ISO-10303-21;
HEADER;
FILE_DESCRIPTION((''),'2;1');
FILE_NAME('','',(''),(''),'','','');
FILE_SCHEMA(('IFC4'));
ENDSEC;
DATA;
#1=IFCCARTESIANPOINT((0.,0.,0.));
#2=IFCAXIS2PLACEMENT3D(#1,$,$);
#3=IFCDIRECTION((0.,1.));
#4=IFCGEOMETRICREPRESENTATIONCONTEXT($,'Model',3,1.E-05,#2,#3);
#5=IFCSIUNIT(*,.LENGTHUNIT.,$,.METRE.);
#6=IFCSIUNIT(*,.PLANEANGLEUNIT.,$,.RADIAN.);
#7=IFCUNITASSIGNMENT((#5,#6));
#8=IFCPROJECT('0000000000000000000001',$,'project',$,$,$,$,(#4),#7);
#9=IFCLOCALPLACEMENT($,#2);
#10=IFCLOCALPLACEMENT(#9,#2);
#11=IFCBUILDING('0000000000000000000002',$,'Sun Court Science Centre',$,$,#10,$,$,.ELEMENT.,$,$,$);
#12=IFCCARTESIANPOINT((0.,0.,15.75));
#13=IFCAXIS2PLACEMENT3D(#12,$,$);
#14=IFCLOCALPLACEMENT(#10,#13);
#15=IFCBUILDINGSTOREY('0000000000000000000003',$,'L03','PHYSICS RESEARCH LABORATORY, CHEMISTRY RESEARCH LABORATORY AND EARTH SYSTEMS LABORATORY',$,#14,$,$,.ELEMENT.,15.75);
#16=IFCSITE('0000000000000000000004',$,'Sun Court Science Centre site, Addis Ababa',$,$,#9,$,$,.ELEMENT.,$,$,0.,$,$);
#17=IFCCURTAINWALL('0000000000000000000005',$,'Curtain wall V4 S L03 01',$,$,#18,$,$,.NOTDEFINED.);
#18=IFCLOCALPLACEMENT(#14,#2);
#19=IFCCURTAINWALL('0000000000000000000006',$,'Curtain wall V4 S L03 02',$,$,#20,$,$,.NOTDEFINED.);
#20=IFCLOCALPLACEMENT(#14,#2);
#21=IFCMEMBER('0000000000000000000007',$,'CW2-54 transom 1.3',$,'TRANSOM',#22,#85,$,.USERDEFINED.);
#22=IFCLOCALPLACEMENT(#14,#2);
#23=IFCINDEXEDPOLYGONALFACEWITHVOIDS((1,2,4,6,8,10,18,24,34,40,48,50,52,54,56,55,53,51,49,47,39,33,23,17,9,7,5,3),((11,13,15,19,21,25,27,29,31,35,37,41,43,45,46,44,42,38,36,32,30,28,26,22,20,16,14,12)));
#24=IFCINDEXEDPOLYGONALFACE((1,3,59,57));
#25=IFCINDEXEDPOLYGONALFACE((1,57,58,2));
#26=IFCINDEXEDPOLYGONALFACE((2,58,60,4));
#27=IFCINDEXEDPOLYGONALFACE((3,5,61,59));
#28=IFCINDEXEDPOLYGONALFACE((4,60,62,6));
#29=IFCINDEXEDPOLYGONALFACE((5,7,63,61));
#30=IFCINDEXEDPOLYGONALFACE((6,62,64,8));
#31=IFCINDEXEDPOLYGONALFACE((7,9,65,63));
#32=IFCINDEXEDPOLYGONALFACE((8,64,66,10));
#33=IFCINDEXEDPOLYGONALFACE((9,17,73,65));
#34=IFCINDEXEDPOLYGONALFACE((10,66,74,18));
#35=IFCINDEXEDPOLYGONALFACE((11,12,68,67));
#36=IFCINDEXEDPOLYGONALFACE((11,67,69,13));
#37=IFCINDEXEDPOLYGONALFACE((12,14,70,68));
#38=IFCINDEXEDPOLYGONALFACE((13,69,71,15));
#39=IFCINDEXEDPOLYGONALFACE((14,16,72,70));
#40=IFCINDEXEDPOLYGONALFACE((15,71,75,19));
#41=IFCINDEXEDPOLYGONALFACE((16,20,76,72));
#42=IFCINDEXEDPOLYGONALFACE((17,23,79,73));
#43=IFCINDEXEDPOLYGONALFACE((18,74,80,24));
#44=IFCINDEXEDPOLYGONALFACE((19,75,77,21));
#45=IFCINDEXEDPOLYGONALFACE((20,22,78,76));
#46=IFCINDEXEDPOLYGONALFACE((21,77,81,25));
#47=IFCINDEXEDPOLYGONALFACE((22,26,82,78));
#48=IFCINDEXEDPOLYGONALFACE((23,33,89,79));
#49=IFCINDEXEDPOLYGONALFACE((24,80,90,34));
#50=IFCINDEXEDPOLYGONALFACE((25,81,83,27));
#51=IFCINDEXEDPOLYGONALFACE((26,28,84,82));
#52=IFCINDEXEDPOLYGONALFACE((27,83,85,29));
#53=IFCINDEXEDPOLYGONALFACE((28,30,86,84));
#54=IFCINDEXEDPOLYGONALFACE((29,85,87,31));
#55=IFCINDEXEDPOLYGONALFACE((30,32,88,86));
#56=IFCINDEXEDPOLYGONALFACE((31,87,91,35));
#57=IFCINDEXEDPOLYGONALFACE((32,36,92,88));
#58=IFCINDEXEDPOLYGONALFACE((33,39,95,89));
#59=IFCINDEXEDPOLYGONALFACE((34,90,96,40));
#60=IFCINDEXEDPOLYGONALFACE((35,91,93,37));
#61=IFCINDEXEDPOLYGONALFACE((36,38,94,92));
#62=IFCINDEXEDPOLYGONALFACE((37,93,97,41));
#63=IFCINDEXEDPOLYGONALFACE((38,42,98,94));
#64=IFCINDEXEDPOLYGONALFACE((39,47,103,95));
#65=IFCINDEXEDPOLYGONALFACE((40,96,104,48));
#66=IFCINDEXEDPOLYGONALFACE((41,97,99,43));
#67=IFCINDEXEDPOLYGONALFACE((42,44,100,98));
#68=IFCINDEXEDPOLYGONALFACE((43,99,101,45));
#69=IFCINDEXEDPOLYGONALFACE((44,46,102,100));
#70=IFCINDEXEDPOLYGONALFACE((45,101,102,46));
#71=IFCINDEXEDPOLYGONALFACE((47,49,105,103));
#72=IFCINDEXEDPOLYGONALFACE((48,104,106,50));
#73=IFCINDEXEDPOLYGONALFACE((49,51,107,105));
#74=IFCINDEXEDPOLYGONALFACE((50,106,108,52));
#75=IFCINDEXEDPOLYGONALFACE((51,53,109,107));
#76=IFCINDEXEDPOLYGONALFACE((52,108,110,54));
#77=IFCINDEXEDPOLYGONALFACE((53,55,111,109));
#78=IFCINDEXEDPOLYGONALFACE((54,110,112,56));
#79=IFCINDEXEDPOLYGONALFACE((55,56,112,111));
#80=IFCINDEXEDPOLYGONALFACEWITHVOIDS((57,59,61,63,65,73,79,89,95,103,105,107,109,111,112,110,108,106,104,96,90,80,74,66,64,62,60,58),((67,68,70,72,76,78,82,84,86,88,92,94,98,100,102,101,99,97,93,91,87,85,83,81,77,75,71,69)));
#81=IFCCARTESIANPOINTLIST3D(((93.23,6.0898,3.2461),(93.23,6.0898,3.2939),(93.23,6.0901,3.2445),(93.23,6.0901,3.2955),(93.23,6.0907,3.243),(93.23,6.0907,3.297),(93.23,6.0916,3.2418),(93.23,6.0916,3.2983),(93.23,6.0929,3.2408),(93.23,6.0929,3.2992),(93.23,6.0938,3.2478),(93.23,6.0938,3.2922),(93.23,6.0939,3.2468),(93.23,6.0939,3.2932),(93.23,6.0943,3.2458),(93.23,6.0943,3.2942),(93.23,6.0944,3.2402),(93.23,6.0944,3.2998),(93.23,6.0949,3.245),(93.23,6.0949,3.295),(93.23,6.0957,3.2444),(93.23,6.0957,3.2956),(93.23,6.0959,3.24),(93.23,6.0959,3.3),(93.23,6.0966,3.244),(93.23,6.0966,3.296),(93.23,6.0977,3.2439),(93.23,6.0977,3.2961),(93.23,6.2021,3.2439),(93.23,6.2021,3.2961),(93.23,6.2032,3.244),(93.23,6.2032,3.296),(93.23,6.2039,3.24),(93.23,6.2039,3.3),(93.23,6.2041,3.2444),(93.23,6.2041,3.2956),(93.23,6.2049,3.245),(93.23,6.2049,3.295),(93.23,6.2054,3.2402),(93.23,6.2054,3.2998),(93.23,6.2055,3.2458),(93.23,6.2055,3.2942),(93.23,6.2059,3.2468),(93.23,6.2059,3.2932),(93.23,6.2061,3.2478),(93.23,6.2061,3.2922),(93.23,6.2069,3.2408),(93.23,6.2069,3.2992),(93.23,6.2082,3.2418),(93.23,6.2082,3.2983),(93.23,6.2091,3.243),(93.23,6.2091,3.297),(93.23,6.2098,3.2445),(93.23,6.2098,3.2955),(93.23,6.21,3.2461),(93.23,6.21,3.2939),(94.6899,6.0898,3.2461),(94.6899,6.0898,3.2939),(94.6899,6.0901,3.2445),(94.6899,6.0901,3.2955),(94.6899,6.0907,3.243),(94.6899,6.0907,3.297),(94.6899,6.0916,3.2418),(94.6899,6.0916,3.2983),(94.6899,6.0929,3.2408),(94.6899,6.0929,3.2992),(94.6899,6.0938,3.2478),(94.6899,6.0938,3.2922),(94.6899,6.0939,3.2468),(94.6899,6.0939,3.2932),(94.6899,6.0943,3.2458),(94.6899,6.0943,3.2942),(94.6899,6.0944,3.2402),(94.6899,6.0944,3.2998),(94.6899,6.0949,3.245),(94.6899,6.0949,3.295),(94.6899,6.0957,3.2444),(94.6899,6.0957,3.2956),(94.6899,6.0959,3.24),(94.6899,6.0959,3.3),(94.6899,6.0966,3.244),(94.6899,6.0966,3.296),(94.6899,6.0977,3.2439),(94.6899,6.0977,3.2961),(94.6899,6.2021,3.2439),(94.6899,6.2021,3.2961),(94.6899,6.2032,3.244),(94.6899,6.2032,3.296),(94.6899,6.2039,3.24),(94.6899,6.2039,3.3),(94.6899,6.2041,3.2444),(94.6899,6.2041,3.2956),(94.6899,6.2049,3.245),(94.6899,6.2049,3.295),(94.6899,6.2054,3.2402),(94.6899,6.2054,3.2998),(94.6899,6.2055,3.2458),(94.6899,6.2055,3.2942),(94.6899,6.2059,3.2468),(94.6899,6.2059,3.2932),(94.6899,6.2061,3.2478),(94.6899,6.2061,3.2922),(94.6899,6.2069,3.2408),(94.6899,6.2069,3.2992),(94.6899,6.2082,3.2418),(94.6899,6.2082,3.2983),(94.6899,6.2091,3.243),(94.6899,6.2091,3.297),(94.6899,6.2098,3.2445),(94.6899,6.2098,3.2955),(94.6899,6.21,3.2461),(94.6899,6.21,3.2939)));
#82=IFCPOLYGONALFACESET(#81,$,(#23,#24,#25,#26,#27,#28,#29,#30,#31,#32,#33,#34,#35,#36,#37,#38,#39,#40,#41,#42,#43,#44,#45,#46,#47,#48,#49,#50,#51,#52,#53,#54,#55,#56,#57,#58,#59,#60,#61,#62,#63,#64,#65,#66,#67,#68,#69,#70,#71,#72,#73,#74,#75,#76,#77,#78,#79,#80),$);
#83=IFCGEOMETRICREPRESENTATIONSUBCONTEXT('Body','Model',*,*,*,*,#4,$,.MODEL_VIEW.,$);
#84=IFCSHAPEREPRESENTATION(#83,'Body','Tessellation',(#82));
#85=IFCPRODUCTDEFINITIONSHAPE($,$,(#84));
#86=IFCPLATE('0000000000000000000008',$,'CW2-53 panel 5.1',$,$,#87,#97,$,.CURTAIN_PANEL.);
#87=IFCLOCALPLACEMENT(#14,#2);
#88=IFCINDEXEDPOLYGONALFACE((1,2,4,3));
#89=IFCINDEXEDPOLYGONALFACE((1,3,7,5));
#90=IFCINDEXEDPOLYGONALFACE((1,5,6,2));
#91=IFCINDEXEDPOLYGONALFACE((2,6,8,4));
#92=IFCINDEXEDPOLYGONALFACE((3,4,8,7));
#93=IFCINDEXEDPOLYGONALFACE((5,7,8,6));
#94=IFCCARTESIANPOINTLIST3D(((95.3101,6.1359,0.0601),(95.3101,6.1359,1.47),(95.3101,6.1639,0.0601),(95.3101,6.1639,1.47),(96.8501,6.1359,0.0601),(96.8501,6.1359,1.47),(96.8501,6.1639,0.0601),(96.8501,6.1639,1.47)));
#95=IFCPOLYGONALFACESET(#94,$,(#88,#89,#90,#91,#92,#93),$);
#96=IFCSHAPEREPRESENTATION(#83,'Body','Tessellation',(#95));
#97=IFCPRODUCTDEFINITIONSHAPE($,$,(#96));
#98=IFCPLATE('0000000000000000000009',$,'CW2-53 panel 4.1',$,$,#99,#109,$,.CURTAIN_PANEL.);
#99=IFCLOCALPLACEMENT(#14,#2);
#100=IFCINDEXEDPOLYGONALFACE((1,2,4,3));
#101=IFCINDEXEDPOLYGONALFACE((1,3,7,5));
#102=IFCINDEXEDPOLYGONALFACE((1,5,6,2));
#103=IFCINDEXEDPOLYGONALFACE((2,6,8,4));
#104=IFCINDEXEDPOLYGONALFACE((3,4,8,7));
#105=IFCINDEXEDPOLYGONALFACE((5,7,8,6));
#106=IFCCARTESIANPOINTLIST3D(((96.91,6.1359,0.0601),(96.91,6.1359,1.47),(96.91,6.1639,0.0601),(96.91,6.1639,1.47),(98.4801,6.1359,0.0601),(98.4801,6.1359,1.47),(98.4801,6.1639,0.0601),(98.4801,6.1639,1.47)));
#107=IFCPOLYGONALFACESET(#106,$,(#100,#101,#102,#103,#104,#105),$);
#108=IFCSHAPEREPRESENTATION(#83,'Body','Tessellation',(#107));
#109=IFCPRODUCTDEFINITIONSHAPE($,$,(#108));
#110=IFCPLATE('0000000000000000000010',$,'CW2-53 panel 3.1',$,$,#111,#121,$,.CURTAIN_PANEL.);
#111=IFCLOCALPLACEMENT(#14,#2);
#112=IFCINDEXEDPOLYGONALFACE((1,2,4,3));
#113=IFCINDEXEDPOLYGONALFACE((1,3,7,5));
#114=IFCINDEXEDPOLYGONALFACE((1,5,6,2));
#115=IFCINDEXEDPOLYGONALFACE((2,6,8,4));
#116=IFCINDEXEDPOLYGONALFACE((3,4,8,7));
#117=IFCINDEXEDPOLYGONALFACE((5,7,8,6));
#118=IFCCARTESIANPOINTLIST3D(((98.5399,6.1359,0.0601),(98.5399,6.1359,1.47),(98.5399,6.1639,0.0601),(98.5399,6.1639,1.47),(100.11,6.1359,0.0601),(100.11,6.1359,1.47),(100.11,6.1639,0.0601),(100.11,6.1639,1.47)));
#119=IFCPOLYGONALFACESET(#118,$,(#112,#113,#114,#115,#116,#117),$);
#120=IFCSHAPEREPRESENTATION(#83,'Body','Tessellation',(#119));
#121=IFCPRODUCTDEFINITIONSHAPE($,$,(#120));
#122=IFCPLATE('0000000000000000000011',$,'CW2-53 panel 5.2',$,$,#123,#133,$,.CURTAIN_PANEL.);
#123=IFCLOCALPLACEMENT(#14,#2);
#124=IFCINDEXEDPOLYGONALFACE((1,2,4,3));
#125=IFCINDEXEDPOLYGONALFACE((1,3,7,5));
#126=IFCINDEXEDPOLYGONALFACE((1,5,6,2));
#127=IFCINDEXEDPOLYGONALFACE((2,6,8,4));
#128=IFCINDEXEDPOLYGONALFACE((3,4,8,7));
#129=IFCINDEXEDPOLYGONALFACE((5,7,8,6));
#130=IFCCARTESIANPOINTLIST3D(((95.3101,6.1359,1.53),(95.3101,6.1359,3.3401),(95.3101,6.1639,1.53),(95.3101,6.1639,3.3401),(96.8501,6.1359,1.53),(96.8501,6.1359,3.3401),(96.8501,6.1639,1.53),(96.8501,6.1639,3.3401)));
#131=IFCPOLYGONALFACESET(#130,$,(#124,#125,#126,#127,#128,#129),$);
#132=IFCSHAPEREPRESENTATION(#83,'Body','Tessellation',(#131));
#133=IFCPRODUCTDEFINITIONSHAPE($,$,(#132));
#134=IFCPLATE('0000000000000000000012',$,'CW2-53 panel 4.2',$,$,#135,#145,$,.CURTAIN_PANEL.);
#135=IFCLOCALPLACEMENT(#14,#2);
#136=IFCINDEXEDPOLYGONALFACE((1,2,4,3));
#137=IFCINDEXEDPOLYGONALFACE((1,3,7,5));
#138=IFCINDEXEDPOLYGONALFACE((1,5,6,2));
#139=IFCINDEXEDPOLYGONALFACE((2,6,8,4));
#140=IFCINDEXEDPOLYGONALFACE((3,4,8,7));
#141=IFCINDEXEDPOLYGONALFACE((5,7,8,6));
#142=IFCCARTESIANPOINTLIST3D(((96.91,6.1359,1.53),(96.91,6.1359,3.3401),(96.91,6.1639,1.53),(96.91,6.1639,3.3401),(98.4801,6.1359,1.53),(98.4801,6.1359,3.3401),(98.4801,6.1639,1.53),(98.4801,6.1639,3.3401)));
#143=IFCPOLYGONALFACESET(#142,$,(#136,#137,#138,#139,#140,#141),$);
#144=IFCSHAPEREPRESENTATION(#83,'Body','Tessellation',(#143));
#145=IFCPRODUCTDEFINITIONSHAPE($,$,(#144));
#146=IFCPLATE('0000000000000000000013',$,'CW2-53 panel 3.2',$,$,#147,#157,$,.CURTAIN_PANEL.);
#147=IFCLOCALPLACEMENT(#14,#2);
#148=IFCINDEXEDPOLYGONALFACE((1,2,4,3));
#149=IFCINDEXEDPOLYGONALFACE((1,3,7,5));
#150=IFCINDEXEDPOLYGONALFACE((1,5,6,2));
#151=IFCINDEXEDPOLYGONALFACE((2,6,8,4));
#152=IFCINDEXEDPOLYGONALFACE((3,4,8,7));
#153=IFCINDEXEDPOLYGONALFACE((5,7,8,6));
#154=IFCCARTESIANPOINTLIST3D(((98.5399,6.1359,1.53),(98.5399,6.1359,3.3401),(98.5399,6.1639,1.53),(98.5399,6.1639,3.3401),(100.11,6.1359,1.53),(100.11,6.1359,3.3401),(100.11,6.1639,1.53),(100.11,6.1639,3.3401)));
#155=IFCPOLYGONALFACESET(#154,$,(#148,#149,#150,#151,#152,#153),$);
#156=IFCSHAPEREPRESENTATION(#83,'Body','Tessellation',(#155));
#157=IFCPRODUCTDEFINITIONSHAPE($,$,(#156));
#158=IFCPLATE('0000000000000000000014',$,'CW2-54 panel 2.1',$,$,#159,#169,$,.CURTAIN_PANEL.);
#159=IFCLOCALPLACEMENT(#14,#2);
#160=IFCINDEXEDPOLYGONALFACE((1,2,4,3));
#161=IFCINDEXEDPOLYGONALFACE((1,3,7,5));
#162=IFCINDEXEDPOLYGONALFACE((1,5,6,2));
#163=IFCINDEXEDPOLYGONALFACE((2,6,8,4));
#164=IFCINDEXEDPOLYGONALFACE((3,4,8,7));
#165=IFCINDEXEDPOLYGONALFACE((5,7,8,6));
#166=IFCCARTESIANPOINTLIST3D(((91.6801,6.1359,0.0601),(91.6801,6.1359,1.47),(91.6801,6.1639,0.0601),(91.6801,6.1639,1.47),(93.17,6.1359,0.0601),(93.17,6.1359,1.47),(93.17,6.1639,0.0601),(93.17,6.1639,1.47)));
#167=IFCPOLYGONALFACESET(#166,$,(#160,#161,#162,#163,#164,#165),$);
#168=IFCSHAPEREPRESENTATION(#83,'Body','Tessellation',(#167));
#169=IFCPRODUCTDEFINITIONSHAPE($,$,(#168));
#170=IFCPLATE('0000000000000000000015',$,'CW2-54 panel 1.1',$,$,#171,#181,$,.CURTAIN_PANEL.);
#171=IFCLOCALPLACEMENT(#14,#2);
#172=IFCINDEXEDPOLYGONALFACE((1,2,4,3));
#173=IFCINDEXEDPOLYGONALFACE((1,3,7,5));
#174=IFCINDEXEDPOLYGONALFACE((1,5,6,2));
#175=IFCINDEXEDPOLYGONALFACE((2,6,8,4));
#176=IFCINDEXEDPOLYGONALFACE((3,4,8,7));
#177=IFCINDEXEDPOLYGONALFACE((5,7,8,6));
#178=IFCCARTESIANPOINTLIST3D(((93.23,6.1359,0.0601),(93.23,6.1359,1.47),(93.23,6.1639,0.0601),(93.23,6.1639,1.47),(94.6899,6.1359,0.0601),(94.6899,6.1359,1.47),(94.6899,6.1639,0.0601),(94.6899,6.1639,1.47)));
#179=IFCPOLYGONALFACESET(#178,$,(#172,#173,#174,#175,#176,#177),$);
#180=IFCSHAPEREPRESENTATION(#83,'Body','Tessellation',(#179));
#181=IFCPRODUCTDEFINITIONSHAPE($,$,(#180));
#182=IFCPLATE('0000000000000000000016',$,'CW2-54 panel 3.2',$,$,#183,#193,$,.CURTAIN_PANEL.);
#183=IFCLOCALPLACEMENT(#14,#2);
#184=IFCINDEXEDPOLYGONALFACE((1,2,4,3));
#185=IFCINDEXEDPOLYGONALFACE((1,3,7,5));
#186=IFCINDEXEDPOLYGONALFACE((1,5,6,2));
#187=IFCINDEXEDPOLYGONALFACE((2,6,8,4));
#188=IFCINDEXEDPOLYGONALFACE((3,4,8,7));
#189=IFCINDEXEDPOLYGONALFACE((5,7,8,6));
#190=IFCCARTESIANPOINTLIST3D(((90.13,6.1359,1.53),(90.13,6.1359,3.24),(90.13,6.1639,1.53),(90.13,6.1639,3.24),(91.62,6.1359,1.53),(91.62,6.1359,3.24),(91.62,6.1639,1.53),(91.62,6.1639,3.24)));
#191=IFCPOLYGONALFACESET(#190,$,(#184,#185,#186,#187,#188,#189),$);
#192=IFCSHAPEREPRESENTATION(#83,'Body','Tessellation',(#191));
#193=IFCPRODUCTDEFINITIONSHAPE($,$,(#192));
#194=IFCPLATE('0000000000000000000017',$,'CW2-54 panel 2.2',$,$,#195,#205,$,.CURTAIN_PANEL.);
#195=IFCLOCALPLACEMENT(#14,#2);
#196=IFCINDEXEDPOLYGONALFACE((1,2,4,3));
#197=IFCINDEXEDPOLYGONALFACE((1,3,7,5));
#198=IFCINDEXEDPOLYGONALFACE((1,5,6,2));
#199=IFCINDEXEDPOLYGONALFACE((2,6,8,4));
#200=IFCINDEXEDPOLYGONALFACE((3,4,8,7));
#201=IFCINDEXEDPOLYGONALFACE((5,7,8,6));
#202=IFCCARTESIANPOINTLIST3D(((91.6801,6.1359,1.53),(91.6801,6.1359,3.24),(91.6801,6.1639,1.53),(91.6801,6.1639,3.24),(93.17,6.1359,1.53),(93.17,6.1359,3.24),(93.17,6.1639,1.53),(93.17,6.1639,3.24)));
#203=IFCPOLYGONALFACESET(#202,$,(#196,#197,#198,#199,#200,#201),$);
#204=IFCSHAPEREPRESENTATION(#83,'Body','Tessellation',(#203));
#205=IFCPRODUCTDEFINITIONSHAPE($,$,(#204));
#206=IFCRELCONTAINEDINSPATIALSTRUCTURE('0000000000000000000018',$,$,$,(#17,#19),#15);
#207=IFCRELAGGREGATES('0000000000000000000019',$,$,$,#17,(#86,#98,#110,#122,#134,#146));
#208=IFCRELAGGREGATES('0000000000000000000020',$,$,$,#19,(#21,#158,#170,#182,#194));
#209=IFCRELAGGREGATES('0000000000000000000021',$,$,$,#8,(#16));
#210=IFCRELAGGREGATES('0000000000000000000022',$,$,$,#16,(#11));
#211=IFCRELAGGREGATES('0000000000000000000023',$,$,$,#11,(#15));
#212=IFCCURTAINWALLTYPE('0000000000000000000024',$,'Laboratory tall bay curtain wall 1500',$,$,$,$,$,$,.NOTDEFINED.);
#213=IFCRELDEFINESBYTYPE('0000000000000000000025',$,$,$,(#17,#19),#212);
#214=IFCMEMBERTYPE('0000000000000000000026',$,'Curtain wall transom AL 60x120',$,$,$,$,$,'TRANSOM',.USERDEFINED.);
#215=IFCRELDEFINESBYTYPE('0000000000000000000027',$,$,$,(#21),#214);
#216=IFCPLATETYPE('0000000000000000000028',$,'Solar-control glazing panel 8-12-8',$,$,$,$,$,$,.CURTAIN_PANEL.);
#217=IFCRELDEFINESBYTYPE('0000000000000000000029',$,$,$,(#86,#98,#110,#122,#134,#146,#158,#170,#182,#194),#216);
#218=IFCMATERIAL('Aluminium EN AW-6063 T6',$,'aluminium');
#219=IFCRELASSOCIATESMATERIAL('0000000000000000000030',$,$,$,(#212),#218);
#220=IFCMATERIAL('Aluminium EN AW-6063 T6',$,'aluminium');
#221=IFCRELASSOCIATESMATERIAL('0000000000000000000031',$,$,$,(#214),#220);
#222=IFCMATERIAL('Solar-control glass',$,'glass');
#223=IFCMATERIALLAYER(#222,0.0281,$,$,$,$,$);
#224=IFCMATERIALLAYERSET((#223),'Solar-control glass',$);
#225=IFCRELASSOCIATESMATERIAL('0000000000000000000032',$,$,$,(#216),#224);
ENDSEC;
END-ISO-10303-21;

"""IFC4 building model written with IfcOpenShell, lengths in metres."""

from ifc_helpers import new_model, si_unit, direction, frame, origin, origin_2d, place, context, subcontext, project, spatial, rectangle, hollow_rectangle, extrude, material, layer, layer_set, material_profile, profile_set, type_object, element, aggregate, save


model = new_model("IFC4")

# Units and contexts
model_context = context("Model", 3, precision=1e-05, world=origin(), true_north=direction((0.0, 1.0)))
body_context = subcontext(model_context, "Body", "Model", "MODEL_VIEW")
ifc_project = project(units=[si_unit("LENGTHUNIT", "METRE"), si_unit("PLANEANGLEUNIT", "RADIAN")], contexts=[model_context])

# Site, building, storey
site_placement = place(None, origin())
site = spatial("IfcSite", under=ifc_project, at=site_placement, Name="Sun Court Science Centre site, Addis Ababa", CompositionType="ELEMENT", RefElevation=0.0)
building_placement = place(site_placement, origin())
building = spatial("IfcBuilding", under=site, at=building_placement, Name="Sun Court Science Centre", CompositionType="ELEMENT")
storey_placement = place(building_placement, frame((0.0, 0.0, 15.75)))
storey = spatial("IfcBuildingStorey", under=building, at=storey_placement, Name="L03", Description="PHYSICS RESEARCH LABORATORY, CHEMISTRY RESEARCH LABORATORY AND EARTH SYSTEMS LABORATORY", CompositionType="ELEMENT", Elevation=15.75)

# Curtain walls
ifc_material_1 = material(Name="Aluminium EN AW-6063 T6", Category="aluminium")
curtain_wall_type = type_object("IfcCurtainWallType", Name="Laboratory tall bay curtain wall 1500", PredefinedType="NOTDEFINED", material=ifc_material_1)
curtain_wall_1_placement = place(storey_placement, origin())
curtain_wall_1 = element("IfcCurtainWall", 1, at=curtain_wall_1_placement, inside=storey, type_object=curtain_wall_type, Name="Curtain wall V4 S L03 01", PredefinedType="NOTDEFINED")
curtain_wall_2_placement = place(storey_placement, origin())
curtain_wall_2 = element("IfcCurtainWall", 2, at=curtain_wall_2_placement, inside=storey, type_object=curtain_wall_type, Name="Curtain wall V4 S L03 02", PredefinedType="NOTDEFINED")

# Member
ifc_material_2 = material(Name="Aluminium EN AW-6063 T6", Category="aluminium")
ifc_material_profile_1 = material_profile(ifc_material_2, hollow_rectangle(XDim=0.0601, YDim=0.1201, WallThickness=0.0039, InnerFilletRadius=0.0039, OuterFilletRadius=0.0061, at=origin_2d()), Name="AL 60x120x4")
ifc_profile_set_1 = profile_set([ifc_material_profile_1], Name="Aluminium EN AW-6063 T6")
member_type_1 = type_object("IfcMemberType", Name="Curtain wall transom AL 60x120", ElementType="TRANSOM", PredefinedType="USERDEFINED", material=ifc_profile_set_1)
member_1_placement = place(storey_placement, frame((94.6899, 6.1499, 3.27), z_axis=(-1.0, 0.0, 0.0), x_axis=(0.0, 0.0, 1.0)))
member_1 = element("IfcMember", 3, at=member_1_placement, type_object=member_type_1, Name="CW2-54 transom 1.3", ObjectType="TRANSOM", PredefinedType="USERDEFINED", context=body_context, shape_type="SweptSolid", body=[
    extrude(hollow_rectangle(XDim=0.0601, YDim=0.1201, WallThickness=0.0039, InnerFilletRadius=0.0039, OuterFilletRadius=0.0061, at=origin_2d()), origin(), (0.0, 0.0, 1.0), 1.46),
])

# Plates
ifc_material_3 = material(Name="Solar-control glass", Category="glass")
ifc_layer_1 = layer(ifc_material_3, 0.0281)
ifc_layer_set_1 = layer_set([ifc_layer_1], Name="Solar-control glass")
plate_type = type_object("IfcPlateType", Name="Solar-control glazing panel 8-12-8", PredefinedType="CURTAIN_PANEL", material=ifc_layer_set_1)
plate_1_placement = place(storey_placement, frame((96.0801, 6.1499, 0.0601), z_axis=(0.0, 0.0, 1.0), x_axis=(-1.0, 0.0, 0.0)))
plate_1 = element("IfcPlate", 4, at=plate_1_placement, type_object=plate_type, Name="CW2-53 panel 5.1", PredefinedType="CURTAIN_PANEL", context=body_context, shape_type="SweptSolid", body=[
    extrude(rectangle(XDim=1.54, YDim=0.0281, at=origin_2d()), origin(), (0.0, 0.0, 1.0), 1.4099),
])
plate_2_placement = place(storey_placement, frame((97.6951, 6.1499, 0.0601), z_axis=(0.0, 0.0, 1.0), x_axis=(-1.0, 0.0, 0.0)))
plate_2 = element("IfcPlate", 5, at=plate_2_placement, type_object=plate_type, Name="CW2-53 panel 4.1", PredefinedType="CURTAIN_PANEL", context=body_context, shape_type="SweptSolid", body=[
    extrude(rectangle(XDim=1.5701, YDim=0.0281, at=origin_2d()), origin(), (0.0, 0.0, 1.0), 1.4099),
])
plate_3_placement = place(storey_placement, frame((99.325, 6.1499, 0.0601), z_axis=(0.0, 0.0, 1.0), x_axis=(-1.0, 0.0, 0.0)))
plate_3 = element("IfcPlate", 6, at=plate_3_placement, type_object=plate_type, Name="CW2-53 panel 3.1", PredefinedType="CURTAIN_PANEL", context=body_context, shape_type="SweptSolid", body=[
    extrude(rectangle(XDim=1.5701, YDim=0.0281, at=origin_2d()), origin(), (0.0, 0.0, 1.0), 1.4099),
])
plate_4_placement = place(storey_placement, frame((96.0801, 6.1499, 1.53), z_axis=(0.0, 0.0, 1.0), x_axis=(-1.0, 0.0, 0.0)))
plate_4 = element("IfcPlate", 7, at=plate_4_placement, type_object=plate_type, Name="CW2-53 panel 5.2", PredefinedType="CURTAIN_PANEL", context=body_context, shape_type="SweptSolid", body=[
    extrude(rectangle(XDim=1.54, YDim=0.0281, at=origin_2d()), origin(), (0.0, 0.0, 1.0), 1.8101),
])
plate_5_placement = place(storey_placement, frame((97.6951, 6.1499, 1.53), z_axis=(0.0, 0.0, 1.0), x_axis=(-1.0, 0.0, 0.0)))
plate_5 = element("IfcPlate", 8, at=plate_5_placement, type_object=plate_type, Name="CW2-53 panel 4.2", PredefinedType="CURTAIN_PANEL", context=body_context, shape_type="SweptSolid", body=[
    extrude(rectangle(XDim=1.5701, YDim=0.0281, at=origin_2d()), origin(), (0.0, 0.0, 1.0), 1.8101),
])
plate_6_placement = place(storey_placement, frame((99.325, 6.1499, 1.53), z_axis=(0.0, 0.0, 1.0), x_axis=(-1.0, 0.0, 0.0)))
plate_6 = element("IfcPlate", 9, at=plate_6_placement, type_object=plate_type, Name="CW2-53 panel 3.2", PredefinedType="CURTAIN_PANEL", context=body_context, shape_type="SweptSolid", body=[
    extrude(rectangle(XDim=1.5701, YDim=0.0281, at=origin_2d()), origin(), (0.0, 0.0, 1.0), 1.8101),
])
aggregate(curtain_wall_1, [plate_1, plate_2, plate_3, plate_4, plate_5, plate_6])
plate_7_placement = place(storey_placement, frame((92.425, 6.1499, 0.0601), z_axis=(0.0, 0.0, 1.0), x_axis=(-1.0, 0.0, 0.0)))
plate_7 = element("IfcPlate", 10, at=plate_7_placement, type_object=plate_type, Name="CW2-54 panel 2.1", PredefinedType="CURTAIN_PANEL", context=body_context, shape_type="SweptSolid", body=[
    extrude(rectangle(XDim=1.49, YDim=0.0281, at=origin_2d()), origin(), (0.0, 0.0, 1.0), 1.4099),
])
plate_8_placement = place(storey_placement, frame((93.96, 6.1499, 0.0601), z_axis=(0.0, 0.0, 1.0), x_axis=(-1.0, 0.0, 0.0)))
plate_8 = element("IfcPlate", 11, at=plate_8_placement, type_object=plate_type, Name="CW2-54 panel 1.1", PredefinedType="CURTAIN_PANEL", context=body_context, shape_type="SweptSolid", body=[
    extrude(rectangle(XDim=1.46, YDim=0.0281, at=origin_2d()), origin(), (0.0, 0.0, 1.0), 1.4099),
])
plate_9_placement = place(storey_placement, frame((90.875, 6.1499, 1.53), z_axis=(0.0, 0.0, 1.0), x_axis=(-1.0, 0.0, 0.0)))
plate_9 = element("IfcPlate", 12, at=plate_9_placement, type_object=plate_type, Name="CW2-54 panel 3.2", PredefinedType="CURTAIN_PANEL", context=body_context, shape_type="SweptSolid", body=[
    extrude(rectangle(XDim=1.49, YDim=0.0281, at=origin_2d()), origin(), (0.0, 0.0, 1.0), 1.71),
])
plate_10_placement = place(storey_placement, frame((92.425, 6.1499, 1.53), z_axis=(0.0, 0.0, 1.0), x_axis=(-1.0, 0.0, 0.0)))
plate_10 = element("IfcPlate", 13, at=plate_10_placement, type_object=plate_type, Name="CW2-54 panel 2.2", PredefinedType="CURTAIN_PANEL", context=body_context, shape_type="SweptSolid", body=[
    extrude(rectangle(XDim=1.49, YDim=0.0281, at=origin_2d()), origin(), (0.0, 0.0, 1.0), 1.71),
])
aggregate(curtain_wall_2, [member_1, plate_7, plate_8, plate_9, plate_10])

save(model, "model.ifc")
